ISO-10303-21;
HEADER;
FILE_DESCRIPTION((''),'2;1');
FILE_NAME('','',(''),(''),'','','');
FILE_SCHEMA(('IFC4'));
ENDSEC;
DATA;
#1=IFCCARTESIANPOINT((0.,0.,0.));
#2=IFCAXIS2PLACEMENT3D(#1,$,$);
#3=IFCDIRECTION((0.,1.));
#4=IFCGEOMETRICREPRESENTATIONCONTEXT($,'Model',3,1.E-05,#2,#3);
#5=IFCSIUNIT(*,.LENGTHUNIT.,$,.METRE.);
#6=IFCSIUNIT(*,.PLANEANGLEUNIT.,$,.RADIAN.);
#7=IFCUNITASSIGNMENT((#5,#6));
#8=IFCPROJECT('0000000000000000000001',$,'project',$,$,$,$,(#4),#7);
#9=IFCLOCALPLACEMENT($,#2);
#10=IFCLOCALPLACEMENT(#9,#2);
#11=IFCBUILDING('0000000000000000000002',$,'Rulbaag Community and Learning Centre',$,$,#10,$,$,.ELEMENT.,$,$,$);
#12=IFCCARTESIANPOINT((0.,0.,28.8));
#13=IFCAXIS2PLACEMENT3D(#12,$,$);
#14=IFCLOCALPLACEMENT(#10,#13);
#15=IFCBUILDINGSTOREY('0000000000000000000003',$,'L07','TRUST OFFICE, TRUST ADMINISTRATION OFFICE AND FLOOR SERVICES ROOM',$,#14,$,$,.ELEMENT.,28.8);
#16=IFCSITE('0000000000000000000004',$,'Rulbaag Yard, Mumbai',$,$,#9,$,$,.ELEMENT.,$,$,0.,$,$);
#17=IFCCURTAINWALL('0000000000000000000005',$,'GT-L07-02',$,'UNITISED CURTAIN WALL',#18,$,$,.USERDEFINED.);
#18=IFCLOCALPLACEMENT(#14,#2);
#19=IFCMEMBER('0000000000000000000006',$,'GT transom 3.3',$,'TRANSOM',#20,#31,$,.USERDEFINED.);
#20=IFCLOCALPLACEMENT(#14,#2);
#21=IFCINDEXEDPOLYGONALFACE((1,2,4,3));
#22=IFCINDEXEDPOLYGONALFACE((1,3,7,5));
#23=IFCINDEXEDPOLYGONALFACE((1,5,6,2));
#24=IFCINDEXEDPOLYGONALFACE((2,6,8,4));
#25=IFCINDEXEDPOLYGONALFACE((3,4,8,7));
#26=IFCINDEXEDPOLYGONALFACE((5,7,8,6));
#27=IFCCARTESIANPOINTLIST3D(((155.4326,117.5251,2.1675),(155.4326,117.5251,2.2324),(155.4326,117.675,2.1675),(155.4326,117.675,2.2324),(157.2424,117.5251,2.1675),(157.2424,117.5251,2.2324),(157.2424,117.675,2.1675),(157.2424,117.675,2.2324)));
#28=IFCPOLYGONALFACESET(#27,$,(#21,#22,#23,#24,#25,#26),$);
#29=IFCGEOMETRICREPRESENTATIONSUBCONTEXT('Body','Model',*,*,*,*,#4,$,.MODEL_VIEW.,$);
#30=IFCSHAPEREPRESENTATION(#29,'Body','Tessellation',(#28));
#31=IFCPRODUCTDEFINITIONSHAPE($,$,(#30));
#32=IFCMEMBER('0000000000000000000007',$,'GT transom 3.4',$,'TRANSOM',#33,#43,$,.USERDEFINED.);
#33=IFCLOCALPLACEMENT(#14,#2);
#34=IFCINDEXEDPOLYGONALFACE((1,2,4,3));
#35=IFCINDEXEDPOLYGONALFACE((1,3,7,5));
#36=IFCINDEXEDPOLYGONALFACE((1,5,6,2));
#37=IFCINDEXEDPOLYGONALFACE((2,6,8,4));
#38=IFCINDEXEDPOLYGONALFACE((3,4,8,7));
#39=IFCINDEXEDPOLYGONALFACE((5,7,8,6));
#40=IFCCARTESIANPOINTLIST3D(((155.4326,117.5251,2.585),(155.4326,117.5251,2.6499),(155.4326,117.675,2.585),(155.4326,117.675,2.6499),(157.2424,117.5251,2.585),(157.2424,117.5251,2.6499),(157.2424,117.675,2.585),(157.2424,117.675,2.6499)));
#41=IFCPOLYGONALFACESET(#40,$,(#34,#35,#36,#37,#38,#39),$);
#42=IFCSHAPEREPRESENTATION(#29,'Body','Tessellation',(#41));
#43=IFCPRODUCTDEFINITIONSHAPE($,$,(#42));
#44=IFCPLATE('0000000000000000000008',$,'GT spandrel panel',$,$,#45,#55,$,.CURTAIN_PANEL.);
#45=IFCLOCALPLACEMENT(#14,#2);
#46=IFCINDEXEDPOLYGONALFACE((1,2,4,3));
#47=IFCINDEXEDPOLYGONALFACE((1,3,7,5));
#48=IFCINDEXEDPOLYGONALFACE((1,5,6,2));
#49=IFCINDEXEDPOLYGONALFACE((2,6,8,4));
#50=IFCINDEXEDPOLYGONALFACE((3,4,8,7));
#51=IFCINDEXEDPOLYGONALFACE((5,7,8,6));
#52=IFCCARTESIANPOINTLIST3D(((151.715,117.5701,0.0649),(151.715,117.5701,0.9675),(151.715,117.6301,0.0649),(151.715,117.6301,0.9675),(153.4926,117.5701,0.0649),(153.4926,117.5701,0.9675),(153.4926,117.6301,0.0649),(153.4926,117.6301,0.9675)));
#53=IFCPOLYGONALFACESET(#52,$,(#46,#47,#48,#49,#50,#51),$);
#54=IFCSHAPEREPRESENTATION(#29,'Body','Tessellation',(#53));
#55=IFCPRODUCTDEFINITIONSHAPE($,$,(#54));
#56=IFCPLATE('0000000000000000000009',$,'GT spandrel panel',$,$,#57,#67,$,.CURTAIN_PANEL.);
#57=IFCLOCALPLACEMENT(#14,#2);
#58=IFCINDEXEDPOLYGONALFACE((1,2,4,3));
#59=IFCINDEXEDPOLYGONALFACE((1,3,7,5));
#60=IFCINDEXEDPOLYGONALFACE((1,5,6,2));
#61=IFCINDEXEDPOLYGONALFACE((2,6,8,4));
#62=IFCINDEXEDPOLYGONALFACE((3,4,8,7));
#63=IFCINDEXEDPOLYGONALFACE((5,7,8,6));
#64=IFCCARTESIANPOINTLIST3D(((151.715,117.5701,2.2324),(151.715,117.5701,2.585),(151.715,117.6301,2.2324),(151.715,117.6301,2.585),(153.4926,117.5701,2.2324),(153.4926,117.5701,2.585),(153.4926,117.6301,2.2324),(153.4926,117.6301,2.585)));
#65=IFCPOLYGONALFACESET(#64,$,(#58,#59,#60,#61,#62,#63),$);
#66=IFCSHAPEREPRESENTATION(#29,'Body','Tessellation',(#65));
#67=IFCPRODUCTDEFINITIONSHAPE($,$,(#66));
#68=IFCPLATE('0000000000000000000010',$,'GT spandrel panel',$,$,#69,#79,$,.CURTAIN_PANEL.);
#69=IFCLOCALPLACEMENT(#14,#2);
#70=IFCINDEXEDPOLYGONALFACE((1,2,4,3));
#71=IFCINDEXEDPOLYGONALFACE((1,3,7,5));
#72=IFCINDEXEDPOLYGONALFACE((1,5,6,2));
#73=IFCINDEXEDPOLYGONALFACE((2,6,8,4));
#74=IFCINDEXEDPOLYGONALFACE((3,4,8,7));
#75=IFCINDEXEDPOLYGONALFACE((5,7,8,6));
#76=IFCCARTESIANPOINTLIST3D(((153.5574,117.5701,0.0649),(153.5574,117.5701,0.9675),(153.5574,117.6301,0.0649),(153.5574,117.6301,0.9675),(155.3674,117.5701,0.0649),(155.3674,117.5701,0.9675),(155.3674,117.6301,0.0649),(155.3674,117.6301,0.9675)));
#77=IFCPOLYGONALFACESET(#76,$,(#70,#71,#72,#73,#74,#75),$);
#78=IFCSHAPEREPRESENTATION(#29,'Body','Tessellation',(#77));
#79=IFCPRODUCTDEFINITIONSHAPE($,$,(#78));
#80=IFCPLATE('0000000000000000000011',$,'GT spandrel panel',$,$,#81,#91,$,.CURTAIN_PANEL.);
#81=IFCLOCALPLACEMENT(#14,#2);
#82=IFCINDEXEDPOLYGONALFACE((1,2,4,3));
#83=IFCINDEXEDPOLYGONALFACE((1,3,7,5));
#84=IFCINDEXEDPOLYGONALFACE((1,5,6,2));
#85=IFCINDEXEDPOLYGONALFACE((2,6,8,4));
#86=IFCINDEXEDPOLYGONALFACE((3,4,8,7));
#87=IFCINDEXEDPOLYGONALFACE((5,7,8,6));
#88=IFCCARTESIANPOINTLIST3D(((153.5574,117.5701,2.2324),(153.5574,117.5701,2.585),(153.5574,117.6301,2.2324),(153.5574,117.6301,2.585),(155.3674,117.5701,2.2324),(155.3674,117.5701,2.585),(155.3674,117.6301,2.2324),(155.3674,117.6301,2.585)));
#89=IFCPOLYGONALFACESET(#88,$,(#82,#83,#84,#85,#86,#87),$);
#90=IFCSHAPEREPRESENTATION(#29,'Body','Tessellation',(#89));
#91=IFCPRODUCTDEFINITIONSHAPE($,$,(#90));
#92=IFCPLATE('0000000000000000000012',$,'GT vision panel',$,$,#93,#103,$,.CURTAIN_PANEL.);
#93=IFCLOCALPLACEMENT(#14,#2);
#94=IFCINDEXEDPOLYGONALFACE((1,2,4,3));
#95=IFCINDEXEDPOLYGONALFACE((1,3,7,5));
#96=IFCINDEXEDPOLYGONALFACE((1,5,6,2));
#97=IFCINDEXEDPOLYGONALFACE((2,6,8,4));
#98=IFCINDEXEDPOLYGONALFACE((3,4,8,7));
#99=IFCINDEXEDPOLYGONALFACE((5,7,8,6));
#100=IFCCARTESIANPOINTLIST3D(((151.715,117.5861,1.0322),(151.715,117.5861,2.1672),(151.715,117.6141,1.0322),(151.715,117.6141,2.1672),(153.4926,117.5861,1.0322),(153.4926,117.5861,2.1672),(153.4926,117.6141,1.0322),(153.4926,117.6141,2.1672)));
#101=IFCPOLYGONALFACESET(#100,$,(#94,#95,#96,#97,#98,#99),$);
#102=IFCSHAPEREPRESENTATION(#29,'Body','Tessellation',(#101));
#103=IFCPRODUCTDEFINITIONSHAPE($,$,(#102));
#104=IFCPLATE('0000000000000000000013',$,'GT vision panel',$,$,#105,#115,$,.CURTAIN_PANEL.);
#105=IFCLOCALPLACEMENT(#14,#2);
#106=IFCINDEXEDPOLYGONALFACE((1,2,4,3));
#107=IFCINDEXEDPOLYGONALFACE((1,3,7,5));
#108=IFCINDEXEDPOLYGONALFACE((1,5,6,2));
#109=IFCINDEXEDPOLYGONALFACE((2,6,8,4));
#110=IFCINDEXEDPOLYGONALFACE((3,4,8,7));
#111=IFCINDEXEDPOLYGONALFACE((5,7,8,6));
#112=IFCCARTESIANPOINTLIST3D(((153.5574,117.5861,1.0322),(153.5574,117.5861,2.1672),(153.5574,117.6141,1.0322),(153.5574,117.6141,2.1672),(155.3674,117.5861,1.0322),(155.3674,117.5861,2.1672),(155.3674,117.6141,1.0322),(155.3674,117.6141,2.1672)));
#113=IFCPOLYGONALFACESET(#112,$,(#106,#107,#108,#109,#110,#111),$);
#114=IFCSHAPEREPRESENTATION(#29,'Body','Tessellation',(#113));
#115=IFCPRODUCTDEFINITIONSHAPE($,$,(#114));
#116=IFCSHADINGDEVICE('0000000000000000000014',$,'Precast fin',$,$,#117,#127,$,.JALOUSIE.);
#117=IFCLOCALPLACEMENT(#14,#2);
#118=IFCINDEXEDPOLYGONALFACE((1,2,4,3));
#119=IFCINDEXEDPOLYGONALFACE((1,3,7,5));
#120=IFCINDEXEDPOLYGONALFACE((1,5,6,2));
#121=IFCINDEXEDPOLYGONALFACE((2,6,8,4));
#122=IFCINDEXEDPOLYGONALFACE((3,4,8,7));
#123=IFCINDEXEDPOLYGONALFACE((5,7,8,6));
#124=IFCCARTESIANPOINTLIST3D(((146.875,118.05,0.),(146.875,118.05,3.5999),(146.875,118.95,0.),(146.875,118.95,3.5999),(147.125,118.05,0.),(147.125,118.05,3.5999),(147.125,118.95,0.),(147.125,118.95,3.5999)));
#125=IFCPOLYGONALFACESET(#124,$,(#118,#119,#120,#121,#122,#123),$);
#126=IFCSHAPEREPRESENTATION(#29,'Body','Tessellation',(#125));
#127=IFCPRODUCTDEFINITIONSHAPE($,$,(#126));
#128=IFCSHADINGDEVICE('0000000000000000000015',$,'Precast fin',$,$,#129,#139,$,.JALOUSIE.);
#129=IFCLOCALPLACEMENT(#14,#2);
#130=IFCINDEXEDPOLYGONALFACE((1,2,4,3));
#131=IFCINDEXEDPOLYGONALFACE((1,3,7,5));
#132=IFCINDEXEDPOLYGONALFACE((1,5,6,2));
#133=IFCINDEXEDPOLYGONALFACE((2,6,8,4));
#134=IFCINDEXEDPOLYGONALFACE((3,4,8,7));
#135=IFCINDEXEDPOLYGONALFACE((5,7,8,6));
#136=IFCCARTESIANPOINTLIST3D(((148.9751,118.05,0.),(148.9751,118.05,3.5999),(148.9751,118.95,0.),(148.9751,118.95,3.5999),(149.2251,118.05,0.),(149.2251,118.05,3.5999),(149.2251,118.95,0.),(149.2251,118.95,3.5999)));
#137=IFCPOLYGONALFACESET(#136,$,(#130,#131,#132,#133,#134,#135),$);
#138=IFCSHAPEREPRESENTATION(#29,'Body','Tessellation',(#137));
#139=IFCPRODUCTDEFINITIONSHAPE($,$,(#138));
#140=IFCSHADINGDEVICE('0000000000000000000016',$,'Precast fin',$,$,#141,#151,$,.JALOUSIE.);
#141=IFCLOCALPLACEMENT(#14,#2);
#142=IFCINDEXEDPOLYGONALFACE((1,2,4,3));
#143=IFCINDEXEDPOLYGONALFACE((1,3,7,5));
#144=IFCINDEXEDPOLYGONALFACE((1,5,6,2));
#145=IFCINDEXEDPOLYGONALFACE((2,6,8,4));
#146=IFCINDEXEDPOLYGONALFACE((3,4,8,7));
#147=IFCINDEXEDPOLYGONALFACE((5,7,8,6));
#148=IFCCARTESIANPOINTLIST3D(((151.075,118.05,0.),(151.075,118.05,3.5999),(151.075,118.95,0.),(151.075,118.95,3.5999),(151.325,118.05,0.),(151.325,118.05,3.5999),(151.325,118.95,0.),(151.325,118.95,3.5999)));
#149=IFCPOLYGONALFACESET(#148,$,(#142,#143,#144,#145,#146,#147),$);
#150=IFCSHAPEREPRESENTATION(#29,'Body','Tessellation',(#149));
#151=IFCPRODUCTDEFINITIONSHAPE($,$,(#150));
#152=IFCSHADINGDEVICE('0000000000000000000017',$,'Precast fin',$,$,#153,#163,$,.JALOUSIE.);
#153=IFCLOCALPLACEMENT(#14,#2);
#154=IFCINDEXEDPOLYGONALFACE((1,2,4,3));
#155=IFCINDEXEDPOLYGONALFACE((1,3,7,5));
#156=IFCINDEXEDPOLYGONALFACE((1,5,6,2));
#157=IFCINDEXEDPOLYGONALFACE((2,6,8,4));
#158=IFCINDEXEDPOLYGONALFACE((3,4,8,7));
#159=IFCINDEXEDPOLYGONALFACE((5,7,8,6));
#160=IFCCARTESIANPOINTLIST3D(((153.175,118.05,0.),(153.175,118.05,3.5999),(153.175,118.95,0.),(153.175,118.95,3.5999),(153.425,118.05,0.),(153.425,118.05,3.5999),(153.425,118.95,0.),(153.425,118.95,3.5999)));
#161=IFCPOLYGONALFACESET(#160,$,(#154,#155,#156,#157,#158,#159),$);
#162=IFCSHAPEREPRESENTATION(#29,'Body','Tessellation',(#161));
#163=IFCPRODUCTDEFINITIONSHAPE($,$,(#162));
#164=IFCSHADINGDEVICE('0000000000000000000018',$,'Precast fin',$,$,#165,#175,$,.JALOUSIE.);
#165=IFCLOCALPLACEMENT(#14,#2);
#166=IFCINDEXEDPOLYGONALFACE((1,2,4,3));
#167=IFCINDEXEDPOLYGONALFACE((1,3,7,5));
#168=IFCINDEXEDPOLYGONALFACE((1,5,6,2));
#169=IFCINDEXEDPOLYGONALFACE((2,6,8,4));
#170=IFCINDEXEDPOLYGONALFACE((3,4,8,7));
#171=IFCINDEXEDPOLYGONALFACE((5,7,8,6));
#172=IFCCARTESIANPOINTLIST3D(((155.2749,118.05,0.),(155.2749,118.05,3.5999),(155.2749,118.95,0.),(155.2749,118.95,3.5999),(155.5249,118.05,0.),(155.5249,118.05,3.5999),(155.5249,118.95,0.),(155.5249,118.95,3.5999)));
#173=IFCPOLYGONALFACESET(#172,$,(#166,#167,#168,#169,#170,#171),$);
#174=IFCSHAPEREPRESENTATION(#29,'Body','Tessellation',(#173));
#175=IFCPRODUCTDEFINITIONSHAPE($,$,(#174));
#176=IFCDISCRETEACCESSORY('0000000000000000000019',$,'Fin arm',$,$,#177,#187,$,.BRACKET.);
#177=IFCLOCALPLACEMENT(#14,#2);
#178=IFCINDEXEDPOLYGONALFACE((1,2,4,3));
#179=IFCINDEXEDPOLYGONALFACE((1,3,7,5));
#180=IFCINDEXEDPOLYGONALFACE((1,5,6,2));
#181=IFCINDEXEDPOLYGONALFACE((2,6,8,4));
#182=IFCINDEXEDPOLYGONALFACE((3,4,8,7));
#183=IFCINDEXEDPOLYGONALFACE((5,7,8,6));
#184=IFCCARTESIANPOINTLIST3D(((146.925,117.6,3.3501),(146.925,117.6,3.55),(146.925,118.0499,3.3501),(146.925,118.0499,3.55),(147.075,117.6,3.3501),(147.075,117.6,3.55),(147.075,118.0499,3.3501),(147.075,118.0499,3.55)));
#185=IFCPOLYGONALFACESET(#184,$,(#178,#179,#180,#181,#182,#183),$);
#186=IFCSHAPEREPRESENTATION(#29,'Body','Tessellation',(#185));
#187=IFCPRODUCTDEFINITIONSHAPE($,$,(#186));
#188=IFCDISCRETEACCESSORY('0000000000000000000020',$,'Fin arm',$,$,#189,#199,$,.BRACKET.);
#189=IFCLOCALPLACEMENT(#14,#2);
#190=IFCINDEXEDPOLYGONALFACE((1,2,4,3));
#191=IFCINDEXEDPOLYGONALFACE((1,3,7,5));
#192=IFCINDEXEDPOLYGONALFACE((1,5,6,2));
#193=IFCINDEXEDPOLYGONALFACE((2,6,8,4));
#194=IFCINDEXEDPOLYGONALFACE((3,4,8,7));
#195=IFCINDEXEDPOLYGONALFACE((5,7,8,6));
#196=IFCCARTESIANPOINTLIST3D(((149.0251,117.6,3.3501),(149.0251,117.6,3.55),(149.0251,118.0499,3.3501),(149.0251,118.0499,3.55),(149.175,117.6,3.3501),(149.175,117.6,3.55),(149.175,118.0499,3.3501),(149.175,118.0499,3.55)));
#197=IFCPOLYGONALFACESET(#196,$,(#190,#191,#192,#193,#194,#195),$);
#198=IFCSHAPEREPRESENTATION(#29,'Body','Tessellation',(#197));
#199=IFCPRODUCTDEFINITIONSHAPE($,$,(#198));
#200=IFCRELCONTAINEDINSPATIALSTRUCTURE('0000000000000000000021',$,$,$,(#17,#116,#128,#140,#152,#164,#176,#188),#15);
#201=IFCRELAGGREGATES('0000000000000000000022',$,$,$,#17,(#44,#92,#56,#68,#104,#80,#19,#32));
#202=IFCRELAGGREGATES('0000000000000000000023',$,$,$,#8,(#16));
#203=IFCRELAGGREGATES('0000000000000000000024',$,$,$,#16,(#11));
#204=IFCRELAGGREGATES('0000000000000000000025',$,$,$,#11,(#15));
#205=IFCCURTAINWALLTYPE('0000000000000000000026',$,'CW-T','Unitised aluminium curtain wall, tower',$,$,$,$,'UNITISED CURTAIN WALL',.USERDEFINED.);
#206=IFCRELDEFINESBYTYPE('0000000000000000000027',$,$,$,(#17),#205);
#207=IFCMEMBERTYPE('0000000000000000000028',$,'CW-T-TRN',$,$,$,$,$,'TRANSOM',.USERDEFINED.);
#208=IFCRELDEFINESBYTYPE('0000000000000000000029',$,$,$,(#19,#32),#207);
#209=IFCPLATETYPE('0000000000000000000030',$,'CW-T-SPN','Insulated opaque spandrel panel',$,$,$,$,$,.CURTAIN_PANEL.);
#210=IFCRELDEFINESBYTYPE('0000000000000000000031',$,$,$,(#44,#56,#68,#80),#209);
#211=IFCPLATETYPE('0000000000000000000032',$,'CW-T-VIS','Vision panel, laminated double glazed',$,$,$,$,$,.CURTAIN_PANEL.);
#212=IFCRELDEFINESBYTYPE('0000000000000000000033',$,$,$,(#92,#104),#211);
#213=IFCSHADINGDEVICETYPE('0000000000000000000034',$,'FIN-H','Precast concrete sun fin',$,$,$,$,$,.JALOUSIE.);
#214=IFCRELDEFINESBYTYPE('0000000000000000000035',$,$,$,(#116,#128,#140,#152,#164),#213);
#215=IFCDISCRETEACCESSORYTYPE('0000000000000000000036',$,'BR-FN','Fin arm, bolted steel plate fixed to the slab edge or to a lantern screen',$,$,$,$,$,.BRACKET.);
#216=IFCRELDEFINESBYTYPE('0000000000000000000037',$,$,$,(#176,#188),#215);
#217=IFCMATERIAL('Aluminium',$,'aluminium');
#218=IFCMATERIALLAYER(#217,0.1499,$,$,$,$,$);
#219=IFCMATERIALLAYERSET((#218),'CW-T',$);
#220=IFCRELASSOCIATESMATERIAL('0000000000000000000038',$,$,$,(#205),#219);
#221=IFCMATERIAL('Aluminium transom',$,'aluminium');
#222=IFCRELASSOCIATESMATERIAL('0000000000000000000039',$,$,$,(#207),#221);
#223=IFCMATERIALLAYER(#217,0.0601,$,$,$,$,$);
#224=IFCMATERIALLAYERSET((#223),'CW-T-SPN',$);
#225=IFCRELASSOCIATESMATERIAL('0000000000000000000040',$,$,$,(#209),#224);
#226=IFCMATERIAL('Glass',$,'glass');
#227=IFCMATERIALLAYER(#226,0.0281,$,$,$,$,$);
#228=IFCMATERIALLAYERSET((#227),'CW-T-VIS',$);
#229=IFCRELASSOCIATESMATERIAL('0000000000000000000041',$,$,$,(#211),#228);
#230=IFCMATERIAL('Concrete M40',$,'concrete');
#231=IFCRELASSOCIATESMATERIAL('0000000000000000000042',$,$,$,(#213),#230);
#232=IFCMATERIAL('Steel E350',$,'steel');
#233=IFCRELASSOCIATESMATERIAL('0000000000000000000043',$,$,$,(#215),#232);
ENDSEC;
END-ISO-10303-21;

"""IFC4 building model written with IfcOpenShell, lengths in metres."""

from ifc_helpers import new_model, si_unit, direction, frame, origin, origin_2d, place, context, subcontext, project, spatial, rectangle, extrude, material, layer, layer_set, material_profile, profile_set, type_object, element, aggregate, save


model = new_model("IFC4")

# Units and contexts
model_context = context("Model", 3, precision=1e-05, world=origin(), true_north=direction((0.0, 1.0)))
body_context = subcontext(model_context, "Body", "Model", "MODEL_VIEW")
ifc_project = project(units=[si_unit("LENGTHUNIT", "METRE"), si_unit("PLANEANGLEUNIT", "RADIAN")], contexts=[model_context])

# Site, building, storey
site_placement = place(None, origin())
site = spatial("IfcSite", under=ifc_project, at=site_placement, Name="Rulbaag Yard, Mumbai", CompositionType="ELEMENT", RefElevation=0.0)
building_placement = place(site_placement, origin())
building = spatial("IfcBuilding", under=site, at=building_placement, Name="Rulbaag Community and Learning Centre", CompositionType="ELEMENT")
storey_placement = place(building_placement, frame((0.0, 0.0, 28.8)))
storey = spatial("IfcBuildingStorey", under=building, at=storey_placement, Name="L07", Description="TRUST OFFICE, TRUST ADMINISTRATION OFFICE AND FLOOR SERVICES ROOM", CompositionType="ELEMENT", Elevation=28.8)

# Shared definitions
ifc_material_1 = material(Name="Concrete M40", Category="concrete")

# Curtain wall, members, plates
ifc_material_2 = material(Name="Aluminium", Category="aluminium")
ifc_layer_1 = layer(ifc_material_2, 0.1499)
ifc_layer_set_1 = layer_set([ifc_layer_1], Name="CW-T")
curtain_wall_type = type_object("IfcCurtainWallType", Name="CW-T", Description="Unitised aluminium curtain wall, tower", ElementType="UNITISED CURTAIN WALL", PredefinedType="USERDEFINED", material=ifc_layer_set_1)
curtain_wall_placement = place(storey_placement, origin())
curtain_wall = element("IfcCurtainWall", 1, at=curtain_wall_placement, inside=storey, type_object=curtain_wall_type, Name="GT-L07-02", ObjectType="UNITISED CURTAIN WALL", PredefinedType="USERDEFINED")
ifc_material_3 = material(Name="Aluminium transom", Category="aluminium")
ifc_material_profile_1 = material_profile(ifc_material_3, rectangle(XDim=0.1499, YDim=0.0649, at=origin_2d()), Name="AL 65x150 T")
ifc_profile_set_1 = profile_set([ifc_material_profile_1], Name="Aluminium transom")
member_type_1 = type_object("IfcMemberType", Name="CW-T-TRN", ElementType="TRANSOM", PredefinedType="USERDEFINED", material=ifc_profile_set_1)
member_1_placement = place(storey_placement, frame((155.4326, 117.6001, 2.2), z_axis=(1.0, 0.0, 0.0), x_axis=(0.0, 1.0, 0.0)))
member_1 = element("IfcMember", 2, at=member_1_placement, type_object=member_type_1, Name="GT transom 3.3", ObjectType="TRANSOM", PredefinedType="USERDEFINED", context=body_context, shape_type="SweptSolid", body=[
    extrude(rectangle(XDim=0.1499, YDim=0.0649, at=origin_2d()), origin(), (0.0, 0.0, 1.0), 1.8098),
])
member_2_placement = place(storey_placement, frame((155.4326, 117.6001, 2.6174), z_axis=(1.0, 0.0, 0.0), x_axis=(0.0, 1.0, 0.0)))
member_2 = element("IfcMember", 3, at=member_2_placement, type_object=member_type_1, Name="GT transom 3.4", ObjectType="TRANSOM", PredefinedType="USERDEFINED", context=body_context, shape_type="SweptSolid", body=[
    extrude(rectangle(XDim=0.1499, YDim=0.0649, at=origin_2d()), origin(), (0.0, 0.0, 1.0), 1.8098),
])
ifc_layer_2 = layer(ifc_material_2, 0.0601)
ifc_layer_set_2 = layer_set([ifc_layer_2], Name="CW-T-SPN")
plate_type_1 = type_object("IfcPlateType", Name="CW-T-SPN", Description="Insulated opaque spandrel panel", PredefinedType="CURTAIN_PANEL", material=ifc_layer_set_2)
plate_1_placement = place(storey_placement, frame((152.6038, 117.6001, 0.0649), z_axis=(0.0, 0.0, 1.0), x_axis=(1.0, 0.0, 0.0)))
plate_1 = element("IfcPlate", 4, at=plate_1_placement, type_object=plate_type_1, Name="GT spandrel panel", PredefinedType="CURTAIN_PANEL", context=body_context, shape_type="SweptSolid", body=[
    extrude(rectangle(XDim=1.7776, YDim=0.0601, at=origin_2d()), origin(), (0.0, 0.0, 1.0), 0.9026),
])
plate_2_placement = place(storey_placement, frame((152.6038, 117.6001, 2.2324), z_axis=(0.0, 0.0, 1.0), x_axis=(1.0, 0.0, 0.0)))
plate_2 = element("IfcPlate", 5, at=plate_2_placement, type_object=plate_type_1, Name="GT spandrel panel", PredefinedType="CURTAIN_PANEL", context=body_context, shape_type="SweptSolid", body=[
    extrude(rectangle(XDim=1.7776, YDim=0.0601, at=origin_2d()), origin(), (0.0, 0.0, 1.0), 0.3525),
])
plate_3_placement = place(storey_placement, frame((154.4624, 117.6001, 0.0649), z_axis=(0.0, 0.0, 1.0), x_axis=(1.0, 0.0, 0.0)))
plate_3 = element("IfcPlate", 6, at=plate_3_placement, type_object=plate_type_1, Name="GT spandrel panel", PredefinedType="CURTAIN_PANEL", context=body_context, shape_type="SweptSolid", body=[
    extrude(rectangle(XDim=1.8101, YDim=0.0601, at=origin_2d()), origin(), (0.0, 0.0, 1.0), 0.9026),
])
plate_4_placement = place(storey_placement, frame((154.4624, 117.6001, 2.2324), z_axis=(0.0, 0.0, 1.0), x_axis=(1.0, 0.0, 0.0)))
plate_4 = element("IfcPlate", 7, at=plate_4_placement, type_object=plate_type_1, Name="GT spandrel panel", PredefinedType="CURTAIN_PANEL", context=body_context, shape_type="SweptSolid", body=[
    extrude(rectangle(XDim=1.8101, YDim=0.0601, at=origin_2d()), origin(), (0.0, 0.0, 1.0), 0.3525),
])
ifc_material_4 = material(Name="Glass", Category="glass")
ifc_layer_3 = layer(ifc_material_4, 0.0281)
ifc_layer_set_3 = layer_set([ifc_layer_3], Name="CW-T-VIS")
plate_type_2 = type_object("IfcPlateType", Name="CW-T-VIS", Description="Vision panel, laminated double glazed", PredefinedType="CURTAIN_PANEL", material=ifc_layer_set_3)
plate_5_placement = place(storey_placement, frame((152.6038, 117.6001, 1.0322), z_axis=(0.0, 0.0, 1.0), x_axis=(1.0, 0.0, 0.0)))
plate_5 = element("IfcPlate", 8, at=plate_5_placement, type_object=plate_type_2, Name="GT vision panel", PredefinedType="CURTAIN_PANEL", context=body_context, shape_type="SweptSolid", body=[
    extrude(rectangle(XDim=1.7776, YDim=0.0281, at=origin_2d()), origin(), (0.0, 0.0, 1.0), 1.135),
])
plate_6_placement = place(storey_placement, frame((154.4624, 117.6001, 1.0322), z_axis=(0.0, 0.0, 1.0), x_axis=(1.0, 0.0, 0.0)))
plate_6 = element("IfcPlate", 9, at=plate_6_placement, type_object=plate_type_2, Name="GT vision panel", PredefinedType="CURTAIN_PANEL", context=body_context, shape_type="SweptSolid", body=[
    extrude(rectangle(XDim=1.8101, YDim=0.0281, at=origin_2d()), origin(), (0.0, 0.0, 1.0), 1.135),
])
aggregate(curtain_wall, [plate_1, plate_5, plate_2, plate_3, plate_6, plate_4, member_1, member_2])

# Shading devices
ifc_material_profile_2 = material_profile(ifc_material_1, rectangle(XDim=0.25, YDim=0.8999, at=origin_2d()), Name="PC 250x900")
ifc_profile_set_2 = profile_set([ifc_material_profile_2], Name="Concrete M40")
shading_device_type = type_object("IfcShadingDeviceType", Name="FIN-H", Description="Precast concrete sun fin", PredefinedType="JALOUSIE", material=ifc_profile_set_2)
for number, where, z_axis, x_axis, name in (
    (10, (147.0, 118.5, 0.0), (0.0, 0.0, 1.0), (1.0, 0.0, 0.0), "Precast fin"),
    (11, (149.1001, 118.5, 0.0), (0.0, 0.0, 1.0), (1.0, 0.0, 0.0), "Precast fin"),
    (12, (151.2, 118.5, 0.0), (0.0, 0.0, 1.0), (1.0, 0.0, 0.0), "Precast fin"),
    (13, (153.3, 118.5, 0.0), (0.0, 0.0, 1.0), (1.0, 0.0, 0.0), "Precast fin"),
    (14, (155.3999, 118.5, 0.0), (0.0, 0.0, 1.0), (1.0, 0.0, 0.0), "Precast fin"),
):
    element("IfcShadingDevice", number, at=place(storey_placement, frame(where, z_axis=z_axis, x_axis=x_axis)), inside=storey, type_object=shading_device_type, Name=name, PredefinedType="JALOUSIE", context=body_context, shape_type="SweptSolid", body=[
        extrude(rectangle(XDim=0.25, YDim=0.8999, at=origin_2d()), origin(), (0.0, 0.0, 1.0), 3.5999),
    ])

# Discrete accessories
ifc_material_5 = material(Name="Steel E350", Category="steel")
discrete_accessory_type = type_object("IfcDiscreteAccessoryType", Name="BR-FN", Description="Fin arm, bolted steel plate fixed to the slab edge or to a lantern screen", PredefinedType="BRACKET", material=ifc_material_5)
for number, where, z_axis, x_axis, name in (
    (15, (147.0, 117.825, 3.3501), (0.0, 0.0, 1.0), (1.0, 0.0, 0.0), "Fin arm"),
    (16, (149.1001, 117.825, 3.3501), (0.0, 0.0, 1.0), (1.0, 0.0, 0.0), "Fin arm"),
):
    element("IfcDiscreteAccessory", number, at=place(storey_placement, frame(where, z_axis=z_axis, x_axis=x_axis)), inside=storey, type_object=discrete_accessory_type, Name=name, PredefinedType="BRACKET", context=body_context, shape_type="SweptSolid", body=[
        extrude(rectangle(XDim=0.1499, YDim=0.45, at=origin_2d()), origin(), (0.0, 0.0, 1.0), 0.2),
    ])

save(model, "model.ifc")
